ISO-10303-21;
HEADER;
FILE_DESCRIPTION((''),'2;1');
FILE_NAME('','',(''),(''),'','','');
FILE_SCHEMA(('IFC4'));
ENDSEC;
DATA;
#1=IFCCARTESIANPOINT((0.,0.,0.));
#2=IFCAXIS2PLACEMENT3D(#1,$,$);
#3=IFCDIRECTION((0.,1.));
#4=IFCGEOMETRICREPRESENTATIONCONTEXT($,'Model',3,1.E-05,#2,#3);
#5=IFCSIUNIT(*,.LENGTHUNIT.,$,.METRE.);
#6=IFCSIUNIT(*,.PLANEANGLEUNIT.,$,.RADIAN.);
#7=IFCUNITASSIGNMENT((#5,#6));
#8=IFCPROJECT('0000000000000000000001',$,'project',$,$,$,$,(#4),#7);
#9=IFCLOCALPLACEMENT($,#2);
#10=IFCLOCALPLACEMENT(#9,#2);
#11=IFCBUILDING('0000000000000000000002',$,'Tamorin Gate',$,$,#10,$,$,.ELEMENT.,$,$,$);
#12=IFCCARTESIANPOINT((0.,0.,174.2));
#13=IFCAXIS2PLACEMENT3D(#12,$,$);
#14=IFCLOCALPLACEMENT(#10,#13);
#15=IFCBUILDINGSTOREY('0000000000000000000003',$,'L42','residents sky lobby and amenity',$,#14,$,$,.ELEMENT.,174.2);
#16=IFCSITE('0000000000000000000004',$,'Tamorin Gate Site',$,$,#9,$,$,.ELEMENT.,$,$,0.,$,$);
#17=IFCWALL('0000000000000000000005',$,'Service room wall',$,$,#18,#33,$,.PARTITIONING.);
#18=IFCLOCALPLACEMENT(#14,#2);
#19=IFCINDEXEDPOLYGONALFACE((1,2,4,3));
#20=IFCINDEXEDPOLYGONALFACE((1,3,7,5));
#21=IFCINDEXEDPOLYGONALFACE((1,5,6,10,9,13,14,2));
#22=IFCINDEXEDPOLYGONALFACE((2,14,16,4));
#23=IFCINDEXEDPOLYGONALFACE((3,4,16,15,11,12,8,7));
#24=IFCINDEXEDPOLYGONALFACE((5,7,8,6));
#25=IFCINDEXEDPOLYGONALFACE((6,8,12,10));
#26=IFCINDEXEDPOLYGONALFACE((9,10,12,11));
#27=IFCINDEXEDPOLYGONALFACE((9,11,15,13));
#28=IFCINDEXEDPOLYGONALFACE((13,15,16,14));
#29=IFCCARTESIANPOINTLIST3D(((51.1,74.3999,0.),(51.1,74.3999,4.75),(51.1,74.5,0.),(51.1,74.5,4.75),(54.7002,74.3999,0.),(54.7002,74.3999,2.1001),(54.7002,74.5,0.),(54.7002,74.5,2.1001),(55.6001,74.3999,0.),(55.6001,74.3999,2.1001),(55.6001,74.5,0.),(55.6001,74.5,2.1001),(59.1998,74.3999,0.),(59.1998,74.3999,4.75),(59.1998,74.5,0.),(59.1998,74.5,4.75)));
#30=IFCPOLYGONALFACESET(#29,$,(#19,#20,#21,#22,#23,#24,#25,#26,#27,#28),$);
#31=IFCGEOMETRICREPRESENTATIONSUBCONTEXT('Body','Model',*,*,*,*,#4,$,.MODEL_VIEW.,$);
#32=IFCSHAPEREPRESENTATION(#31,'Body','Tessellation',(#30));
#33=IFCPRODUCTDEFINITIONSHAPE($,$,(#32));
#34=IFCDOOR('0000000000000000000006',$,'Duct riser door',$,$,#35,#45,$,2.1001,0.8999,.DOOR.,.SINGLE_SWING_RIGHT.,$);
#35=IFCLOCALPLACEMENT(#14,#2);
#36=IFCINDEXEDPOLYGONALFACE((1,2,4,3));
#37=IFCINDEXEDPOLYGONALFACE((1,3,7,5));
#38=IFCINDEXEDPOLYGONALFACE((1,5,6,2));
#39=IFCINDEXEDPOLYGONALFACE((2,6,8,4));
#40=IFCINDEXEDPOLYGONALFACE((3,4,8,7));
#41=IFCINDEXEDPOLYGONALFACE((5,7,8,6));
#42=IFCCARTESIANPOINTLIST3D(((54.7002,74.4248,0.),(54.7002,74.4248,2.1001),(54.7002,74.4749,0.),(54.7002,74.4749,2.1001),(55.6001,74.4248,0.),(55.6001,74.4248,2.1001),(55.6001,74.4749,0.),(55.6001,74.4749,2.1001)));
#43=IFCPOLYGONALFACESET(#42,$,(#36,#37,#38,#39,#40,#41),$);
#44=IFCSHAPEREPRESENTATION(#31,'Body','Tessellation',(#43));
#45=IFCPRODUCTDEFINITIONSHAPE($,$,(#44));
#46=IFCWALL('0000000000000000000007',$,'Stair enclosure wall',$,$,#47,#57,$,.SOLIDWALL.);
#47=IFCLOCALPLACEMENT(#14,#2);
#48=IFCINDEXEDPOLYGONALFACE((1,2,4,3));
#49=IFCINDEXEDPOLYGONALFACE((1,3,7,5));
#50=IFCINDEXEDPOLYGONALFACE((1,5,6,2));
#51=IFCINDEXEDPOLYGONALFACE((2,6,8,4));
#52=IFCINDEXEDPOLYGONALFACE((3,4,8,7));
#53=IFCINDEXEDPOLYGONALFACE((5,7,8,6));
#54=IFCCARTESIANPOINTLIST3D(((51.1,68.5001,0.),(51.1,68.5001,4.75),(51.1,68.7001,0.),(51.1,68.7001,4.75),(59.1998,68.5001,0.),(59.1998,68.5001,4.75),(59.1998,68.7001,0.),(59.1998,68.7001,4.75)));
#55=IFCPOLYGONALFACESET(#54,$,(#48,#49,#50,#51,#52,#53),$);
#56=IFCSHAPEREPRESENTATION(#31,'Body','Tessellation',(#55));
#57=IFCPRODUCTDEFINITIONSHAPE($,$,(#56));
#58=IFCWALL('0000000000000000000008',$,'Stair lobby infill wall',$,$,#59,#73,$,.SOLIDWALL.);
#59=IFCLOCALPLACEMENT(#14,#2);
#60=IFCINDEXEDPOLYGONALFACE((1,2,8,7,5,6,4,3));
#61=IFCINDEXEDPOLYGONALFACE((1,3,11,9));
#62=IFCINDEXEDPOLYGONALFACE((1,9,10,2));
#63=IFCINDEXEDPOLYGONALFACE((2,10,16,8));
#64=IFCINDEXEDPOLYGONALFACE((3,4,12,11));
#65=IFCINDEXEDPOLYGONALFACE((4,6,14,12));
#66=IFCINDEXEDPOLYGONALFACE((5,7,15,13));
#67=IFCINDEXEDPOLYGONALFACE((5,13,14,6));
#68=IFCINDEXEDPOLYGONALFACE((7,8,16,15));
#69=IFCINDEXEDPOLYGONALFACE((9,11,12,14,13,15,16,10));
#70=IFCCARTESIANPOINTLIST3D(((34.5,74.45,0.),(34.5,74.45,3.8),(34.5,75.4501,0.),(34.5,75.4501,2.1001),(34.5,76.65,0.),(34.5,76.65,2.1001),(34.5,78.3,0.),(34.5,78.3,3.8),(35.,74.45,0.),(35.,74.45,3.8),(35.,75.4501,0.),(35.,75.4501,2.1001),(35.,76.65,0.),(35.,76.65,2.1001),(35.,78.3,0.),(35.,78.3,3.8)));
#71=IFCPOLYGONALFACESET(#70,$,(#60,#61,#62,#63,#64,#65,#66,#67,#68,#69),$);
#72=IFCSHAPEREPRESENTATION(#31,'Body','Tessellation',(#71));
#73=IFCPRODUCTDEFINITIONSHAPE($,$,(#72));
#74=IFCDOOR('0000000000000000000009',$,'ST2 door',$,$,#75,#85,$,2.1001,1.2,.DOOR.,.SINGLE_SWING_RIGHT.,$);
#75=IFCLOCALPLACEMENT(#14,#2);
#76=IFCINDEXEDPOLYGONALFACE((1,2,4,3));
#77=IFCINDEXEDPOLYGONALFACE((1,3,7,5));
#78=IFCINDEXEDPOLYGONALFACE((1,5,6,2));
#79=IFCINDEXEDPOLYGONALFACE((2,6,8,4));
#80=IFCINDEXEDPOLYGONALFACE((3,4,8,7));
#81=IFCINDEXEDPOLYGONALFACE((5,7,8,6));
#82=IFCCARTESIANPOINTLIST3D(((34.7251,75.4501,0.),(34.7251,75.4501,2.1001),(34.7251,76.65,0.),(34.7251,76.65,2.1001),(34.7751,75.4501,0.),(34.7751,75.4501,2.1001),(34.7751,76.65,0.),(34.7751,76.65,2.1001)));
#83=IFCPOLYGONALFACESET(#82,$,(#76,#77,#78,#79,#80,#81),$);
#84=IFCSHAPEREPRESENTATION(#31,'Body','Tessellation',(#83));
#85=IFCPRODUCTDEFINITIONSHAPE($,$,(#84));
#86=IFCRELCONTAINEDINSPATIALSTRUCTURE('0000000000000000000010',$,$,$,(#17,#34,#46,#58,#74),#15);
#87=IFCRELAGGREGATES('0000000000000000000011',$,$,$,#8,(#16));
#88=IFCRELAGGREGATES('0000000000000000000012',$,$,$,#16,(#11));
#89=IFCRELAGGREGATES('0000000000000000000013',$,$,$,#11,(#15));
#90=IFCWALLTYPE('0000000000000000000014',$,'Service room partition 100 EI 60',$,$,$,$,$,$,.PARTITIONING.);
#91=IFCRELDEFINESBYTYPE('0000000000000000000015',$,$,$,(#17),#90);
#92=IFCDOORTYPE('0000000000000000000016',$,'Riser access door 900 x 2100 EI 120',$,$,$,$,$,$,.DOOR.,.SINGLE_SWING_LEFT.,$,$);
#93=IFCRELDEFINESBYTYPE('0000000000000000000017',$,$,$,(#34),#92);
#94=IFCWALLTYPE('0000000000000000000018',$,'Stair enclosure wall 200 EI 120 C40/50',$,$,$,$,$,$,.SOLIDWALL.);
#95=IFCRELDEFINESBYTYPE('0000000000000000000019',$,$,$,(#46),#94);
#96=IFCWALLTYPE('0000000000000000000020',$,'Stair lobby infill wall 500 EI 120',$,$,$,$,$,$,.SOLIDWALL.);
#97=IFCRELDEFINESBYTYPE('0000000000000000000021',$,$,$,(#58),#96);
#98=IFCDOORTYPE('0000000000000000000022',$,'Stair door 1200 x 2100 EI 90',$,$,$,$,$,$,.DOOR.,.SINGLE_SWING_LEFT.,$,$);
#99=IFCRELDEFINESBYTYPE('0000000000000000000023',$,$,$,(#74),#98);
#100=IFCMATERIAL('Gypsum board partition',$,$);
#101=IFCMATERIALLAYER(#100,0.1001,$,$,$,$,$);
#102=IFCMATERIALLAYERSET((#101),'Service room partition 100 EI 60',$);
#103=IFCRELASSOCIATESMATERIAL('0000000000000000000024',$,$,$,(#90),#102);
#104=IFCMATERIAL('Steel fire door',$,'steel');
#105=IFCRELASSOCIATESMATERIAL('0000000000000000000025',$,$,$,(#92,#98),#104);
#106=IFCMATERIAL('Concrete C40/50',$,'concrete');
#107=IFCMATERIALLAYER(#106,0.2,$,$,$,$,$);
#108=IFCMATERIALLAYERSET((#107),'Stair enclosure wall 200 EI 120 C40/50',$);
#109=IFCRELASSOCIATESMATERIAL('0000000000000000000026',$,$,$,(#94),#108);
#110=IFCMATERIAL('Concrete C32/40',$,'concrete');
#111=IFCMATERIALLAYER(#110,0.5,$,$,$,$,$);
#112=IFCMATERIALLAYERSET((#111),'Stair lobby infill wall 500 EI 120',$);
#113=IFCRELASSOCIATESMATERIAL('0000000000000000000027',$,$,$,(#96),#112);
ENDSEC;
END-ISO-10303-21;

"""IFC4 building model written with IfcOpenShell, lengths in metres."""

from ifc_helpers import new_model, si_unit, direction, frame, frame_2d, origin, place, context, subcontext, project, spatial, rectangle, extrude, material, layer, layer_set, type_object, element, fill, save


model = new_model("IFC4")

# Units and contexts
model_context = context("Model", 3, precision=1e-05, world=origin(), true_north=direction((0.0, 1.0)))
body_context = subcontext(model_context, "Body", "Model", "MODEL_VIEW")
ifc_project = project(units=[si_unit("LENGTHUNIT", "METRE"), si_unit("PLANEANGLEUNIT", "RADIAN")], contexts=[model_context])

# Site, building, storey
site_placement = place(None, origin())
site = spatial("IfcSite", under=ifc_project, at=site_placement, Name="Tamorin Gate Site", CompositionType="ELEMENT", RefElevation=0.0)
building_placement = place(site_placement, origin())
building = spatial("IfcBuilding", under=site, at=building_placement, Name="Tamorin Gate", CompositionType="ELEMENT")
storey_placement = place(building_placement, frame((0.0, 0.0, 174.2)))
storey = spatial("IfcBuildingStorey", under=building, at=storey_placement, Name="L42", Description="residents sky lobby and amenity", CompositionType="ELEMENT", Elevation=174.2)

# Shared definitions
ifc_material_1 = material(Name="Concrete C32/40", Category="concrete")

# Shared definitions
ifc_material_2 = material(Name="Steel fire door", Category="steel")

# Shared definitions
ifc_material_3 = material(Name="Gypsum board partition")

# Shared definitions
ifc_layer_1 = layer(ifc_material_3, 0.1001)
ifc_layer_set_1 = layer_set([ifc_layer_1], Name="Service room partition 100 EI 60")
wall_type_1 = type_object("IfcWallType", Name="Service room partition 100 EI 60", PredefinedType="PARTITIONING", material=ifc_layer_set_1)

# Wall, opening, door
wall_1_placement = place(storey_placement, frame((51.1001, 74.45, 0.0), z_axis=(0.0, 0.0, 1.0), x_axis=(1.0, 0.0, 0.0)))
wall_1 = element("IfcWall", 1, at=wall_1_placement, inside=storey, type_object=wall_type_1, Name="Service room wall", PredefinedType="PARTITIONING", context=body_context, shape_type="SweptSolid", body=[
    extrude(rectangle(XDim=8.0999, YDim=0.1001, at=frame_2d((4.0498, 0.0))), origin(), (0.0, 0.0, 1.0), 4.75),
])
opening_1_placement = place(wall_1_placement, frame((3.6001, 0.0, 0.0)))
opening_1 = element("IfcOpeningElement", 2, at=opening_1_placement, cuts=wall_1, PredefinedType="OPENING", context=body_context, shape_type="SweptSolid", body=[
    extrude(rectangle(XDim=0.8999, YDim=2.1001, at=frame_2d((0.45, 1.05))), frame((0.0, 0.0601, 0.0), z_axis=(0.0, -1.0, 0.0), x_axis=(1.0, 0.0, 0.0)), (0.0, 0.0, 1.0), 0.1201),
])
door_type_1 = type_object("IfcDoorType", Name="Riser access door 900 x 2100 EI 120", OperationType="SINGLE_SWING_LEFT", PredefinedType="DOOR", material=ifc_material_2)
door_1_placement = place(opening_1_placement, origin())
door_1 = element("IfcDoor", 3, at=door_1_placement, inside=storey, type_object=door_type_1, Name="Duct riser door", OperationType="SINGLE_SWING_RIGHT", OverallHeight=2.1001, OverallWidth=0.8999, PredefinedType="DOOR", context=body_context, shape_type="SweptSolid", body=[
    extrude(rectangle(XDim=0.8999, YDim=2.1001, at=frame_2d((0.45, 1.05))), frame((0.0, 0.0249, 0.0), z_axis=(0.0, -1.0, 0.0), x_axis=(1.0, 0.0, 0.0)), (0.0, 0.0, 1.0), 0.05),
])
fill(opening_1, door_1)

# Wall
ifc_material_4 = material(Name="Concrete C40/50", Category="concrete")
ifc_layer_2 = layer(ifc_material_4, 0.2)
ifc_layer_set_2 = layer_set([ifc_layer_2], Name="Stair enclosure wall 200 EI 120 C40/50")
wall_type_2 = type_object("IfcWallType", Name="Stair enclosure wall 200 EI 120 C40/50", PredefinedType="SOLIDWALL", material=ifc_layer_set_2)
wall_2_placement = place(storey_placement, frame((51.1001, 68.6001, 0.0), z_axis=(0.0, 0.0, 1.0), x_axis=(1.0, 0.0, 0.0)))
element("IfcWall", 4, at=wall_2_placement, inside=storey, type_object=wall_type_2, Name="Stair enclosure wall", PredefinedType="SOLIDWALL", context=body_context, shape_type="SweptSolid", body=[
    extrude(rectangle(XDim=8.0999, YDim=0.2, at=frame_2d((4.0498, 0.0))), origin(), (0.0, 0.0, 1.0), 4.75),
])

# Wall, opening, door
ifc_layer_3 = layer(ifc_material_1, 0.5)
ifc_layer_set_3 = layer_set([ifc_layer_3], Name="Stair lobby infill wall 500 EI 120")
wall_type_3 = type_object("IfcWallType", Name="Stair lobby infill wall 500 EI 120", PredefinedType="SOLIDWALL", material=ifc_layer_set_3)
wall_3_placement = place(storey_placement, frame((34.75, 74.45, 0.0), z_axis=(0.0, 0.0, 1.0), x_axis=(0.0, 1.0, 0.0)))
wall_3 = element("IfcWall", 5, at=wall_3_placement, inside=storey, type_object=wall_type_3, Name="Stair lobby infill wall", PredefinedType="SOLIDWALL", context=body_context, shape_type="SweptSolid", body=[
    extrude(rectangle(XDim=3.8501, YDim=0.5, at=frame_2d((1.925, 0.0))), origin(), (0.0, 0.0, 1.0), 3.8),
])
opening_2_placement = place(wall_3_placement, frame((1.0, 0.0, 0.0)))
opening_2 = element("IfcOpeningElement", 6, at=opening_2_placement, cuts=wall_3, PredefinedType="OPENING", context=body_context, shape_type="SweptSolid", body=[
    extrude(rectangle(XDim=1.2, YDim=2.1001, at=frame_2d((0.6001, 1.05))), frame((0.0, 0.26, 0.0), z_axis=(0.0, -1.0, 0.0), x_axis=(1.0, 0.0, 0.0)), (0.0, 0.0, 1.0), 0.52),
])
door_type_2 = type_object("IfcDoorType", Name="Stair door 1200 x 2100 EI 90", OperationType="SINGLE_SWING_LEFT", PredefinedType="DOOR", material=ifc_material_2)
door_2_placement = place(opening_2_placement, origin())
door_2 = element("IfcDoor", 7, at=door_2_placement, inside=storey, type_object=door_type_2, Name="ST2 door", OperationType="SINGLE_SWING_RIGHT", OverallHeight=2.1001, OverallWidth=1.2, PredefinedType="DOOR", context=body_context, shape_type="SweptSolid", body=[
    extrude(rectangle(XDim=1.2, YDim=2.1001, at=frame_2d((0.6001, 1.05))), frame((0.0, 0.0249, 0.0), z_axis=(0.0, -1.0, 0.0), x_axis=(1.0, 0.0, 0.0)), (0.0, 0.0, 1.0), 0.05),
])
fill(opening_2, door_2)

save(model, "model.ifc")
